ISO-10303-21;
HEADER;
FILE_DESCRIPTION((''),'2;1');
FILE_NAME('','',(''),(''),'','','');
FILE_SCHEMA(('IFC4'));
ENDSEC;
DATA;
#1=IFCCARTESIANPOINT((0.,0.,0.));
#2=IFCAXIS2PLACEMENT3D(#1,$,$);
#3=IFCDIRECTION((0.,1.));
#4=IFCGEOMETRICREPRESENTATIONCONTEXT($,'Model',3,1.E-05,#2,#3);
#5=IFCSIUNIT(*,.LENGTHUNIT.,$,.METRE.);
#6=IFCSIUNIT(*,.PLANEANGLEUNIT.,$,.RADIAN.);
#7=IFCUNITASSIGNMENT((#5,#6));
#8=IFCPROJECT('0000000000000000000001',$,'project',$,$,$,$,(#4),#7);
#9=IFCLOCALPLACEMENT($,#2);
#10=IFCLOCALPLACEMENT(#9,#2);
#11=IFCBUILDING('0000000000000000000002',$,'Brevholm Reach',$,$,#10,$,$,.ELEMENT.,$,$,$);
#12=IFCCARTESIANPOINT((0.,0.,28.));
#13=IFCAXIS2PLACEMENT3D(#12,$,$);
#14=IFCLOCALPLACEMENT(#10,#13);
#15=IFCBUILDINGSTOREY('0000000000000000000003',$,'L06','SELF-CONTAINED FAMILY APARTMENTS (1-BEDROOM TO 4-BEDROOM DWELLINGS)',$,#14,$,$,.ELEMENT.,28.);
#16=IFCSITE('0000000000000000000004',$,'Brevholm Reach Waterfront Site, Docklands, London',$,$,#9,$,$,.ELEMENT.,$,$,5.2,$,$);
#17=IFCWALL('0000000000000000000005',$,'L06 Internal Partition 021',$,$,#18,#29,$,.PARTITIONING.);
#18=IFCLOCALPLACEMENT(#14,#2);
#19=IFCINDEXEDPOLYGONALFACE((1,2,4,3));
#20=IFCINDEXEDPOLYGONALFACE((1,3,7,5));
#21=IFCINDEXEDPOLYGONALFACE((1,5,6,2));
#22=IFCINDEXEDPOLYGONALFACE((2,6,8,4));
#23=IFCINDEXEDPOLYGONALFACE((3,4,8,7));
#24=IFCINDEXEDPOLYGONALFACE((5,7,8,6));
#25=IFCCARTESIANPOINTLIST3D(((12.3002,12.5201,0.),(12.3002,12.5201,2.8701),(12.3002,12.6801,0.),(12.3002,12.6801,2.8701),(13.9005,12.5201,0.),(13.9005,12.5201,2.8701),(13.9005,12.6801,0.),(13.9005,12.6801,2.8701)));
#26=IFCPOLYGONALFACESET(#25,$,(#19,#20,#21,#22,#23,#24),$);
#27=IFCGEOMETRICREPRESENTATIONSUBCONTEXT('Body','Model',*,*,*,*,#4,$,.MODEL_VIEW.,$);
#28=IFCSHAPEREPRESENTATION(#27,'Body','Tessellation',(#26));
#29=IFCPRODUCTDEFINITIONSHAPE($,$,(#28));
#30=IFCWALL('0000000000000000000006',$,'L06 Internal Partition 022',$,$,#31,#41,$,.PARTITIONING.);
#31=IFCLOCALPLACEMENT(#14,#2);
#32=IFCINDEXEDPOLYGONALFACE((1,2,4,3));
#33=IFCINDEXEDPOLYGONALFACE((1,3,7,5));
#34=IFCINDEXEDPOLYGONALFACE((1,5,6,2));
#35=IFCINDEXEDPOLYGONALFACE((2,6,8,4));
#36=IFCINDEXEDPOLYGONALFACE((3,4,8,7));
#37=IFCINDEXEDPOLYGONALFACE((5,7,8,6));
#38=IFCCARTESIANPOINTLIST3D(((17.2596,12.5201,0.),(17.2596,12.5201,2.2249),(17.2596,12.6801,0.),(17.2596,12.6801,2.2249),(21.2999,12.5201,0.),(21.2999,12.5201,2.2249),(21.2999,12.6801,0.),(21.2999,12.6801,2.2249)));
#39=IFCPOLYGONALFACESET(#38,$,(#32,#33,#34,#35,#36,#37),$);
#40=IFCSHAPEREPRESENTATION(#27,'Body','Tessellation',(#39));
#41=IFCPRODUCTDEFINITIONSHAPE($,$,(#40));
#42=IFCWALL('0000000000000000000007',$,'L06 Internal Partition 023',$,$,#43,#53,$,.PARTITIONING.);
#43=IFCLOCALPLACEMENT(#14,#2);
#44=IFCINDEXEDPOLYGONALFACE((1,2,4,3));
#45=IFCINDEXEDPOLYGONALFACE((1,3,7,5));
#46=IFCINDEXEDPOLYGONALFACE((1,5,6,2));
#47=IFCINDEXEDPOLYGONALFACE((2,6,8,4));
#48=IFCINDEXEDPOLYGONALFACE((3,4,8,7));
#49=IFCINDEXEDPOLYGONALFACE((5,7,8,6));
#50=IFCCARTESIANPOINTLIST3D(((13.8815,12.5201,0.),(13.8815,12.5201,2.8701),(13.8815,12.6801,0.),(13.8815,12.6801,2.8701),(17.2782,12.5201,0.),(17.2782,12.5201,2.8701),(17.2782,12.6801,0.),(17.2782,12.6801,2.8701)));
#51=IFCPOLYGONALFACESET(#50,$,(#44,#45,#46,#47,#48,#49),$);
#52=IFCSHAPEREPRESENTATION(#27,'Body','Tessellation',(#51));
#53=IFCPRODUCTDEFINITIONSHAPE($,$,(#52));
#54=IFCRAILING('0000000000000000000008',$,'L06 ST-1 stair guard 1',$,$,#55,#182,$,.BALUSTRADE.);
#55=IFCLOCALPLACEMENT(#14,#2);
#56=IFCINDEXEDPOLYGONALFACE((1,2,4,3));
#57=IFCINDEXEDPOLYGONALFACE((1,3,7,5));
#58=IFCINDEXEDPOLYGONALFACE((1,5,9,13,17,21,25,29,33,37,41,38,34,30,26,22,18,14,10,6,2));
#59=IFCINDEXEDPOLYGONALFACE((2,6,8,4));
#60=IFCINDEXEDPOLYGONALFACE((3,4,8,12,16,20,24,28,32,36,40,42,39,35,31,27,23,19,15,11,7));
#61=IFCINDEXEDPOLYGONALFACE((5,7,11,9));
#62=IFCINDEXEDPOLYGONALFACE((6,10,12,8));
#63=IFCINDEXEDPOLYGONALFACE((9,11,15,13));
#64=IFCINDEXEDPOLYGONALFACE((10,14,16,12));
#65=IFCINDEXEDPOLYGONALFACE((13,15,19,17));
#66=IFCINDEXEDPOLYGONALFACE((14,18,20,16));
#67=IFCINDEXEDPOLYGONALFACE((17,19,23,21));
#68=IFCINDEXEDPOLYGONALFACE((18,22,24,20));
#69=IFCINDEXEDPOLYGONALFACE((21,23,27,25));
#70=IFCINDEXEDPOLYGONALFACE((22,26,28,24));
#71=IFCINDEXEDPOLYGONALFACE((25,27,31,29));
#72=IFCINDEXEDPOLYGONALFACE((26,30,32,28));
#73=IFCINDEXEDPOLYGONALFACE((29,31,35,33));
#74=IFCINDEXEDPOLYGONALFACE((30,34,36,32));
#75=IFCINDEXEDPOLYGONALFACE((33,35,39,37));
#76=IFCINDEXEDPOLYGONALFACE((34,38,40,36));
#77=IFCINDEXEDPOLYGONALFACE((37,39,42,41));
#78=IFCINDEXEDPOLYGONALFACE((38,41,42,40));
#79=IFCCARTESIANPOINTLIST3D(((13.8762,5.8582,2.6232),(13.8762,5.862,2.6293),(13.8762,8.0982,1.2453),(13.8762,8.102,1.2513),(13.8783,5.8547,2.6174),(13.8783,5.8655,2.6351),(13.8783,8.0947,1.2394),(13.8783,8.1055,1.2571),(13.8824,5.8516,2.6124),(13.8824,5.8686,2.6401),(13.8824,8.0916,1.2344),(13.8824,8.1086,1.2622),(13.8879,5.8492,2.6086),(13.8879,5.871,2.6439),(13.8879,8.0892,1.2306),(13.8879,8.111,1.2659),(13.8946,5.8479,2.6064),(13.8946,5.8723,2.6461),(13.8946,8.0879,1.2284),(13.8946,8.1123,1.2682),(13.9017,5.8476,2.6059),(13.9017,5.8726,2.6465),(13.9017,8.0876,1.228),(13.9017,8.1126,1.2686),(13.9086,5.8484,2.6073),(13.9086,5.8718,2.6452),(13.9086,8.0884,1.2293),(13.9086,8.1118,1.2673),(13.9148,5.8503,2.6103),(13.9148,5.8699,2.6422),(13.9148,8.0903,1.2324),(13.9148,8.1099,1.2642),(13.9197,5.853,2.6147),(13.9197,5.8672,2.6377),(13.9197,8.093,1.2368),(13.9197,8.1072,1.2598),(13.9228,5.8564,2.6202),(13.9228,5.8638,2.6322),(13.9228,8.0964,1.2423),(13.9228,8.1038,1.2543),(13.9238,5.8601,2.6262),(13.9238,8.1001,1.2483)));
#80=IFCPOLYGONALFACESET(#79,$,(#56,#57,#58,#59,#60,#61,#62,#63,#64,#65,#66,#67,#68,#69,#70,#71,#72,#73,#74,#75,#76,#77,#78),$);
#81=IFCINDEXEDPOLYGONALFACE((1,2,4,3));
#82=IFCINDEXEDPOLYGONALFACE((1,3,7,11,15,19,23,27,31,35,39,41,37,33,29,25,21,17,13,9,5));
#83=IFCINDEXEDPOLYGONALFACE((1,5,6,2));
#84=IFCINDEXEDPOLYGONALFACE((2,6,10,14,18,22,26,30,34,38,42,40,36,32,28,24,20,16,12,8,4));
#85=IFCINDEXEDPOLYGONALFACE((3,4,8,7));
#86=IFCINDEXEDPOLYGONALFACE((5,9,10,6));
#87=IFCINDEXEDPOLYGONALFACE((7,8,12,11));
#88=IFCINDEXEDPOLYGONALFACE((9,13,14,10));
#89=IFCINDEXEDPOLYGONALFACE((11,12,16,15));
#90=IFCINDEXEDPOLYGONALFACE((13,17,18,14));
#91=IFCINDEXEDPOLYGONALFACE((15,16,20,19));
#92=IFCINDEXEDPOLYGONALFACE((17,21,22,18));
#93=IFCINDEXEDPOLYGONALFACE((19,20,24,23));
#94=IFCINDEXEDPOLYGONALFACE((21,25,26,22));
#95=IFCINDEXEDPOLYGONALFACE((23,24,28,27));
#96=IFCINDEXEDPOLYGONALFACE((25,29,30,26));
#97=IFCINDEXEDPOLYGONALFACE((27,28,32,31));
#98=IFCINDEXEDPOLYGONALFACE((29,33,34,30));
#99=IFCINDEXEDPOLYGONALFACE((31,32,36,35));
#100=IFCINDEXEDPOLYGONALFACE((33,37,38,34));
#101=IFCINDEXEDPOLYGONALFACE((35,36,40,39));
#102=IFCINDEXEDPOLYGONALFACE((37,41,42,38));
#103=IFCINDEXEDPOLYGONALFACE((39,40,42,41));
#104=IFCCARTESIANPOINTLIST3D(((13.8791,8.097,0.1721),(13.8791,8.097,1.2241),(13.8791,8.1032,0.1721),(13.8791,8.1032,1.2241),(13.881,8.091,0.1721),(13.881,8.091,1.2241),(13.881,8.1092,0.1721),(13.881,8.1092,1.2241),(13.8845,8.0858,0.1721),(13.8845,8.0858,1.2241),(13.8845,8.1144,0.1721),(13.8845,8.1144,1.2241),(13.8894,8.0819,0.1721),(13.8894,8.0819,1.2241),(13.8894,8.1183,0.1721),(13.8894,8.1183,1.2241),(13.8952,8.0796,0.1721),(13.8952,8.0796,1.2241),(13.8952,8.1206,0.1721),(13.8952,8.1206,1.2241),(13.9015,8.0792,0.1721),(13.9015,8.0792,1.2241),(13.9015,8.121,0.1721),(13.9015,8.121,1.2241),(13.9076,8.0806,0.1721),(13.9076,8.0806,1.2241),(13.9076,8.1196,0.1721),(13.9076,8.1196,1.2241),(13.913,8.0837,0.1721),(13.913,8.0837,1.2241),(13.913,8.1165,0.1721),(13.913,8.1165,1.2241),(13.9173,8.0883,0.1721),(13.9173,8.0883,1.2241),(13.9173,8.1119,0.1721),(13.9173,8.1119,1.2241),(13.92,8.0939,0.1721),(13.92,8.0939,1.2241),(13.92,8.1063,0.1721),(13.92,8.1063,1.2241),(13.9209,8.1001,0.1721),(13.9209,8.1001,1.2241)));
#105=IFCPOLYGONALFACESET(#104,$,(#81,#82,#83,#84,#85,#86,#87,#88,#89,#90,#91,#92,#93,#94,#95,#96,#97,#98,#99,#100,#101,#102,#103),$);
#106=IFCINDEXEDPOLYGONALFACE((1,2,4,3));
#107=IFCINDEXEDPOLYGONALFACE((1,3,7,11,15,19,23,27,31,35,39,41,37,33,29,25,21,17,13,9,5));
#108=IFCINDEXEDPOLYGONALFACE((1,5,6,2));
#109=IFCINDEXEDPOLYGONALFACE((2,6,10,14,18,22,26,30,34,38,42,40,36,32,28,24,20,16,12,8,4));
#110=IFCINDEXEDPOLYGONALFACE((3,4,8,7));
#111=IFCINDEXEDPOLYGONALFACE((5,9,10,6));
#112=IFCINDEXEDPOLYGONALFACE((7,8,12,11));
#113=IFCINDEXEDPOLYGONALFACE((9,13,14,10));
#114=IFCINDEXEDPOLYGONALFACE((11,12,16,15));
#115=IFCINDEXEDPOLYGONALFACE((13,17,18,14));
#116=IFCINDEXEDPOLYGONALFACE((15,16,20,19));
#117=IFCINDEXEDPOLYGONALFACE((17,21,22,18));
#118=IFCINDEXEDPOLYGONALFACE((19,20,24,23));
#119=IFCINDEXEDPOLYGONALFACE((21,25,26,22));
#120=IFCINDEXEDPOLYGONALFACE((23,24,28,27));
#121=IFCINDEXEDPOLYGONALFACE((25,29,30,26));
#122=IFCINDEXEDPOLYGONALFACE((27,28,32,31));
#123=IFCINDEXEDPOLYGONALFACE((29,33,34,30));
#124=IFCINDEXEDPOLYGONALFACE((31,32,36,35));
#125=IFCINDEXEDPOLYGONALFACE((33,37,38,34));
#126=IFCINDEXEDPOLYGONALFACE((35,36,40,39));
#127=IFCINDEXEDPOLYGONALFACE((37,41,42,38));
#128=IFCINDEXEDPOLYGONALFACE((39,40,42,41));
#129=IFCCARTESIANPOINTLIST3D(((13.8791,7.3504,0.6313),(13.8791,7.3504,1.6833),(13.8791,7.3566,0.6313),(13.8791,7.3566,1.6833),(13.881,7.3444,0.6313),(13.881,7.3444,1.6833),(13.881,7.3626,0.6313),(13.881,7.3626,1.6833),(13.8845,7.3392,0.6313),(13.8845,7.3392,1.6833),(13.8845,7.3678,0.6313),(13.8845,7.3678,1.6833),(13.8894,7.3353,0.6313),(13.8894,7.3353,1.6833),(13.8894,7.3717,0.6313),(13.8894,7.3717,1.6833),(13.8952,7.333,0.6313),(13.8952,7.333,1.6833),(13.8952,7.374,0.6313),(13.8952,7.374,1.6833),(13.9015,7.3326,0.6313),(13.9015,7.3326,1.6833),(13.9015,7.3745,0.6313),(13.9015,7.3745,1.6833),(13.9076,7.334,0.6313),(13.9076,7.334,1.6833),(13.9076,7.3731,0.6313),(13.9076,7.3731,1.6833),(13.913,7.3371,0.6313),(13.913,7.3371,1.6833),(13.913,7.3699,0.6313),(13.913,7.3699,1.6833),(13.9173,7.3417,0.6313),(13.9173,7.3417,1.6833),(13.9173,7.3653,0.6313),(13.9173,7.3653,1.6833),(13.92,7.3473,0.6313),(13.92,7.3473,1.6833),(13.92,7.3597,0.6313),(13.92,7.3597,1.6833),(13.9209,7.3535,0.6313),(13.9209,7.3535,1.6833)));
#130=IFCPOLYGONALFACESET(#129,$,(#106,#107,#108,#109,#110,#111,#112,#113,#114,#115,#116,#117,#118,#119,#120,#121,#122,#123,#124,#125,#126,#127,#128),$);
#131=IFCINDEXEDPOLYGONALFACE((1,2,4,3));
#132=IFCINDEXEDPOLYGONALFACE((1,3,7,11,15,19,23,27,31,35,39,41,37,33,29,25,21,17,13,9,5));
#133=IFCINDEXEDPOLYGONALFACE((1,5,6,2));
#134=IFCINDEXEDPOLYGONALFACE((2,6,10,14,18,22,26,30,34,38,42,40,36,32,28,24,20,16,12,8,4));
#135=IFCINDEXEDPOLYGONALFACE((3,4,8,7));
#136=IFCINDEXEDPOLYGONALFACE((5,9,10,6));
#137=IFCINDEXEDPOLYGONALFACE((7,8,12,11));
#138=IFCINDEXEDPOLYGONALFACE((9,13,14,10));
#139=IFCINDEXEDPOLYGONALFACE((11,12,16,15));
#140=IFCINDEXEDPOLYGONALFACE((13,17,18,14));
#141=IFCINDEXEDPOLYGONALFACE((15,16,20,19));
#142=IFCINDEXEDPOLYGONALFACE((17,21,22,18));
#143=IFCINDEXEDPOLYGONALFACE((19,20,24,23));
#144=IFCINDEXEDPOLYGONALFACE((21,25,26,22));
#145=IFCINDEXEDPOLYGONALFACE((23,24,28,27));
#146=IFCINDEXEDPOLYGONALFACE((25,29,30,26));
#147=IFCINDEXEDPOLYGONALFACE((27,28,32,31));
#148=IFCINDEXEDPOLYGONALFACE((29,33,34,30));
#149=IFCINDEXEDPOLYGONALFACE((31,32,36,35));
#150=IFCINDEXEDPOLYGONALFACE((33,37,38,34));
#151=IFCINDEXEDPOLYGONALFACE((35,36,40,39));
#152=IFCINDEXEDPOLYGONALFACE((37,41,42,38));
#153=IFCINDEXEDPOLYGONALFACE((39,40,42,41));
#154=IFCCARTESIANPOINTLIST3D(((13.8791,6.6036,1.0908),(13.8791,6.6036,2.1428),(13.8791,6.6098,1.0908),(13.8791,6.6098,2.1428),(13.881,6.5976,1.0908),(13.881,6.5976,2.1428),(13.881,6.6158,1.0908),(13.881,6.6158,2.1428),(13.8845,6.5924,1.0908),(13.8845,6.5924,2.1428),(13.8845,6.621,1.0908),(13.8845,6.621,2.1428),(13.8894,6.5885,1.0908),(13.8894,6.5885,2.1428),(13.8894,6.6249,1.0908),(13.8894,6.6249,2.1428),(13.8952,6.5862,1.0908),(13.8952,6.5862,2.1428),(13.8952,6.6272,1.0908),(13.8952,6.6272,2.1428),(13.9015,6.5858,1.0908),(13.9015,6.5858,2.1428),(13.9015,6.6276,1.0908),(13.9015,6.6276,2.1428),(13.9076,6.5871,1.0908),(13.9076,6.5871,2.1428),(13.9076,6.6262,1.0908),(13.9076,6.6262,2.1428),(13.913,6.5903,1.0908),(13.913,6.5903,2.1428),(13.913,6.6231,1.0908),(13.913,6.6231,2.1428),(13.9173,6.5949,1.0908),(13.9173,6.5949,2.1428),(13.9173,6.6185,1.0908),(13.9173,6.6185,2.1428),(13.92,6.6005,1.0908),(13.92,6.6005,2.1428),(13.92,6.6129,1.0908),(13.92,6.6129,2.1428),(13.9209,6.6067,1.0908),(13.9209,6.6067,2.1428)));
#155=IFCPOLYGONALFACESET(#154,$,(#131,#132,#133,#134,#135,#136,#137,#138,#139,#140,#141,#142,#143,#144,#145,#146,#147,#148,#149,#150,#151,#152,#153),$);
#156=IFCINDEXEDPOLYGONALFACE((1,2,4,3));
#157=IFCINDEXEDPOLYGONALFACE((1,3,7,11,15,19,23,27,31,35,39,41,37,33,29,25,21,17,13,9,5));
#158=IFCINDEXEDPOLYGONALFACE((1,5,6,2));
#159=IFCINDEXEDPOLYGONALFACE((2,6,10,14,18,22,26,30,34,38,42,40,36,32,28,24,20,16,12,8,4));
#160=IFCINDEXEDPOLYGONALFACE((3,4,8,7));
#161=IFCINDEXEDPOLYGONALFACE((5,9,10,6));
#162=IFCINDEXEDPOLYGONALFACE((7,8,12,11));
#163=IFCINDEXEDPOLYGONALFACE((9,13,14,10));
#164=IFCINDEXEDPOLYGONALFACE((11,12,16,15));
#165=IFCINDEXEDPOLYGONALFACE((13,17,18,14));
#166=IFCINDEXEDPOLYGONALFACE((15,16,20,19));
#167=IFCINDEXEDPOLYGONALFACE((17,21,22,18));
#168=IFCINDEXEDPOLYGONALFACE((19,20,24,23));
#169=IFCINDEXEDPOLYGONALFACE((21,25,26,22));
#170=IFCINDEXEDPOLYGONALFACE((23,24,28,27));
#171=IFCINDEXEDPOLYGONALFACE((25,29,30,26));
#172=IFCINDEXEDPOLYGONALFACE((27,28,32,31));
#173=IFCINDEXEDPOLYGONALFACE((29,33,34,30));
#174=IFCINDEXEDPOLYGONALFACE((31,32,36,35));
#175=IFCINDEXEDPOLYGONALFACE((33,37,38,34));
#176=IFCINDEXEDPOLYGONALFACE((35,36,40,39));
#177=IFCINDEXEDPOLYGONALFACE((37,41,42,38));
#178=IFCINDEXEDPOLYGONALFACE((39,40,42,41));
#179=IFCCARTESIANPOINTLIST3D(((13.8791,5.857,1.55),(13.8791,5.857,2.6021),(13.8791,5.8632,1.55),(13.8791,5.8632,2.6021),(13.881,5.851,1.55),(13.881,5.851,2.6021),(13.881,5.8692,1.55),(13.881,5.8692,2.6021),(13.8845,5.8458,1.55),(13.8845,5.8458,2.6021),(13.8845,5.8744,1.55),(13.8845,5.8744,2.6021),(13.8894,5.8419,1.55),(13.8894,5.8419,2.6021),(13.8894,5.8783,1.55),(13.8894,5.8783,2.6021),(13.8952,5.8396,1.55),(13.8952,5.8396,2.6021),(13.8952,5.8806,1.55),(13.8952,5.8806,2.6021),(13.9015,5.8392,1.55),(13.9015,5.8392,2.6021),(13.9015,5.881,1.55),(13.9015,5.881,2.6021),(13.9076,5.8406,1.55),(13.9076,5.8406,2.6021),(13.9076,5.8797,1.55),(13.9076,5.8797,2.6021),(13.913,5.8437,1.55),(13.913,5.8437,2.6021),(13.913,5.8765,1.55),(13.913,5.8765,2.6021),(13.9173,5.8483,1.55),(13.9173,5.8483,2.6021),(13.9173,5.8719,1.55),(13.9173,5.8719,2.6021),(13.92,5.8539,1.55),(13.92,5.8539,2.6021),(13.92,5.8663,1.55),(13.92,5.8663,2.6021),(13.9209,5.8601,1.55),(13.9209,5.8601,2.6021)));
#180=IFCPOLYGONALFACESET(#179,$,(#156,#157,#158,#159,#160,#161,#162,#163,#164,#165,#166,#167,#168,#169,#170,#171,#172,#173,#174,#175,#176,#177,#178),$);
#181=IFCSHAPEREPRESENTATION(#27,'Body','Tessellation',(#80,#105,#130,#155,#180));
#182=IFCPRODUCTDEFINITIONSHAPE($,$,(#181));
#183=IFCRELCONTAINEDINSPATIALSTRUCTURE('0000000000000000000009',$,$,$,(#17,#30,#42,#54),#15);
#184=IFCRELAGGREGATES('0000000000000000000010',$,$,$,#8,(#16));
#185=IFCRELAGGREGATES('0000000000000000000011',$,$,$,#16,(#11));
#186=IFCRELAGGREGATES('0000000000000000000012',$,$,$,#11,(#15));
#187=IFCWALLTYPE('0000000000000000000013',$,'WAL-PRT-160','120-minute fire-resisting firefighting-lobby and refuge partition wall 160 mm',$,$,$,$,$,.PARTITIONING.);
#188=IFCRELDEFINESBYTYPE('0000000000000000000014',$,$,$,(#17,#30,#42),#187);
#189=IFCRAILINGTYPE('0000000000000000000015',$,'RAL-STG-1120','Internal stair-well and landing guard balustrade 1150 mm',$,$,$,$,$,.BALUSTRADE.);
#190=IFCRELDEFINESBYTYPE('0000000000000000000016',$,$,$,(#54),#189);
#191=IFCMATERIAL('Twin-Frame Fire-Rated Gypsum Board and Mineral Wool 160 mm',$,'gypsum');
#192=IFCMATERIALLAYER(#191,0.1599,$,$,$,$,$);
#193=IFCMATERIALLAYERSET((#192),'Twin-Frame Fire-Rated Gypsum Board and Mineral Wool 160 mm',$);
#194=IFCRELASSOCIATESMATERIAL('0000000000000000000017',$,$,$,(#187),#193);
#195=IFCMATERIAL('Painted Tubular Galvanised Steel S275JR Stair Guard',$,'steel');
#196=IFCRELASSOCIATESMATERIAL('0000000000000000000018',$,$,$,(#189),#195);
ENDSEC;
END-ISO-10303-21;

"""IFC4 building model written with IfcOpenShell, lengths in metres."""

from ifc_helpers import new_model, si_unit, direction, frame, frame_2d, origin, origin_2d, place, context, subcontext, project, spatial, rectangle, circle, extrude, material, layer, layer_set, type_object, element, save


model = new_model("IFC4")

# Units and contexts
model_context = context("Model", 3, precision=1e-05, world=origin(), true_north=direction((0.0, 1.0)))
body_context = subcontext(model_context, "Body", "Model", "MODEL_VIEW")
ifc_project = project(units=[si_unit("LENGTHUNIT", "METRE"), si_unit("PLANEANGLEUNIT", "RADIAN")], contexts=[model_context])

# Site, building, storey
site_placement = place(None, origin())
site = spatial("IfcSite", under=ifc_project, at=site_placement, Name="Brevholm Reach Waterfront Site, Docklands, London", CompositionType="ELEMENT", RefElevation=5.2)
building_placement = place(site_placement, origin())
building = spatial("IfcBuilding", under=site, at=building_placement, Name="Brevholm Reach", CompositionType="ELEMENT")
storey_placement = place(building_placement, frame((0.0, 0.0, 28.0)))
storey = spatial("IfcBuildingStorey", under=building, at=storey_placement, Name="L06", Description="SELF-CONTAINED FAMILY APARTMENTS (1-BEDROOM TO 4-BEDROOM DWELLINGS)", CompositionType="ELEMENT", Elevation=28.0)

# Shared definitions
ifc_material_1 = material(Name="Twin-Frame Fire-Rated Gypsum Board and Mineral Wool 160 mm", Category="gypsum")
ifc_layer_1 = layer(ifc_material_1, 0.1599)
ifc_layer_set_1 = layer_set([ifc_layer_1], Name="Twin-Frame Fire-Rated Gypsum Board and Mineral Wool 160 mm")
wall_type_1 = type_object("IfcWallType", Name="WAL-PRT-160", Description="120-minute fire-resisting firefighting-lobby and refuge partition wall 160 mm", PredefinedType="PARTITIONING", material=ifc_layer_set_1)

# Walls
wall_1_placement = place(storey_placement, frame((12.3, 12.6001, 0.0), z_axis=(0.0, 0.0, 1.0), x_axis=(1.0, 0.0, 0.0)))
element("IfcWall", 1, at=wall_1_placement, inside=storey, type_object=wall_type_1, Name="L06 Internal Partition 021", PredefinedType="PARTITIONING", context=body_context, shape_type="SweptSolid", body=[
    extrude(rectangle(XDim=1.6003, YDim=0.1599, at=frame_2d((0.8003, 0.0))), origin(), (0.0, 0.0, 1.0), 2.8701),
])
wall_2_placement = place(storey_placement, frame((17.2598, 12.6001, 0.0), z_axis=(0.0, 0.0, 1.0), x_axis=(1.0, 0.0, 0.0)))
element("IfcWall", 2, at=wall_2_placement, inside=storey, type_object=wall_type_1, Name="L06 Internal Partition 022", PredefinedType="PARTITIONING", context=body_context, shape_type="SweptSolid", body=[
    extrude(rectangle(XDim=4.0403, YDim=0.1599, at=frame_2d((2.02, 0.0))), origin(), (0.0, 0.0, 1.0), 2.2249),
])
wall_3_placement = place(storey_placement, frame((13.8816, 12.6001, 0.0), z_axis=(0.0, 0.0, 1.0), x_axis=(1.0, 0.0, 0.0)))
element("IfcWall", 3, at=wall_3_placement, inside=storey, type_object=wall_type_1, Name="L06 Internal Partition 023", PredefinedType="PARTITIONING", context=body_context, shape_type="SweptSolid", body=[
    extrude(rectangle(XDim=3.3967, YDim=0.1599, at=frame_2d((1.6982, 0.0))), origin(), (0.0, 0.0, 1.0), 2.8701),
])

# Railing
ifc_material_2 = material(Name="Painted Tubular Galvanised Steel S275JR Stair Guard", Category="steel")
railing_type = type_object("IfcRailingType", Name="RAL-STG-1120", Description="Internal stair-well and landing guard balustrade 1150 mm", PredefinedType="BALUSTRADE", material=ifc_material_2)
railing_1_placement = place(storey_placement, frame((13.8999, 8.1001, 0.1721)))
element("IfcRailing", 4, at=railing_1_placement, inside=storey, type_object=railing_type, Name="L06 ST-1 stair guard 1", PredefinedType="BALUSTRADE", context=body_context, shape_type="SweptSolid", body=[
    extrude(circle(Radius=0.0239, at=origin_2d()), frame((0.0, 0.0, 1.0762), z_axis=(0.0, -0.851748, 0.523952), x_axis=(1.0, 0.0, 0.0)), (0.0, 0.0, 1.0), 2.6299),
    extrude(circle(Radius=0.021, at=origin_2d()), origin(), (0.0, 0.0, 1.0), 1.052),
    extrude(circle(Radius=0.021, at=origin_2d()), frame((0.0, -0.7466, 0.4592)), (0.0, 0.0, 1.0), 1.052),
    extrude(circle(Radius=0.021, at=origin_2d()), frame((0.0, -1.4934, 0.9187)), (0.0, 0.0, 1.0), 1.052),
    extrude(circle(Radius=0.021, at=origin_2d()), frame((0.0, -2.24, 1.3779)), (0.0, 0.0, 1.0), 1.052),
])

save(model, "model.ifc")
